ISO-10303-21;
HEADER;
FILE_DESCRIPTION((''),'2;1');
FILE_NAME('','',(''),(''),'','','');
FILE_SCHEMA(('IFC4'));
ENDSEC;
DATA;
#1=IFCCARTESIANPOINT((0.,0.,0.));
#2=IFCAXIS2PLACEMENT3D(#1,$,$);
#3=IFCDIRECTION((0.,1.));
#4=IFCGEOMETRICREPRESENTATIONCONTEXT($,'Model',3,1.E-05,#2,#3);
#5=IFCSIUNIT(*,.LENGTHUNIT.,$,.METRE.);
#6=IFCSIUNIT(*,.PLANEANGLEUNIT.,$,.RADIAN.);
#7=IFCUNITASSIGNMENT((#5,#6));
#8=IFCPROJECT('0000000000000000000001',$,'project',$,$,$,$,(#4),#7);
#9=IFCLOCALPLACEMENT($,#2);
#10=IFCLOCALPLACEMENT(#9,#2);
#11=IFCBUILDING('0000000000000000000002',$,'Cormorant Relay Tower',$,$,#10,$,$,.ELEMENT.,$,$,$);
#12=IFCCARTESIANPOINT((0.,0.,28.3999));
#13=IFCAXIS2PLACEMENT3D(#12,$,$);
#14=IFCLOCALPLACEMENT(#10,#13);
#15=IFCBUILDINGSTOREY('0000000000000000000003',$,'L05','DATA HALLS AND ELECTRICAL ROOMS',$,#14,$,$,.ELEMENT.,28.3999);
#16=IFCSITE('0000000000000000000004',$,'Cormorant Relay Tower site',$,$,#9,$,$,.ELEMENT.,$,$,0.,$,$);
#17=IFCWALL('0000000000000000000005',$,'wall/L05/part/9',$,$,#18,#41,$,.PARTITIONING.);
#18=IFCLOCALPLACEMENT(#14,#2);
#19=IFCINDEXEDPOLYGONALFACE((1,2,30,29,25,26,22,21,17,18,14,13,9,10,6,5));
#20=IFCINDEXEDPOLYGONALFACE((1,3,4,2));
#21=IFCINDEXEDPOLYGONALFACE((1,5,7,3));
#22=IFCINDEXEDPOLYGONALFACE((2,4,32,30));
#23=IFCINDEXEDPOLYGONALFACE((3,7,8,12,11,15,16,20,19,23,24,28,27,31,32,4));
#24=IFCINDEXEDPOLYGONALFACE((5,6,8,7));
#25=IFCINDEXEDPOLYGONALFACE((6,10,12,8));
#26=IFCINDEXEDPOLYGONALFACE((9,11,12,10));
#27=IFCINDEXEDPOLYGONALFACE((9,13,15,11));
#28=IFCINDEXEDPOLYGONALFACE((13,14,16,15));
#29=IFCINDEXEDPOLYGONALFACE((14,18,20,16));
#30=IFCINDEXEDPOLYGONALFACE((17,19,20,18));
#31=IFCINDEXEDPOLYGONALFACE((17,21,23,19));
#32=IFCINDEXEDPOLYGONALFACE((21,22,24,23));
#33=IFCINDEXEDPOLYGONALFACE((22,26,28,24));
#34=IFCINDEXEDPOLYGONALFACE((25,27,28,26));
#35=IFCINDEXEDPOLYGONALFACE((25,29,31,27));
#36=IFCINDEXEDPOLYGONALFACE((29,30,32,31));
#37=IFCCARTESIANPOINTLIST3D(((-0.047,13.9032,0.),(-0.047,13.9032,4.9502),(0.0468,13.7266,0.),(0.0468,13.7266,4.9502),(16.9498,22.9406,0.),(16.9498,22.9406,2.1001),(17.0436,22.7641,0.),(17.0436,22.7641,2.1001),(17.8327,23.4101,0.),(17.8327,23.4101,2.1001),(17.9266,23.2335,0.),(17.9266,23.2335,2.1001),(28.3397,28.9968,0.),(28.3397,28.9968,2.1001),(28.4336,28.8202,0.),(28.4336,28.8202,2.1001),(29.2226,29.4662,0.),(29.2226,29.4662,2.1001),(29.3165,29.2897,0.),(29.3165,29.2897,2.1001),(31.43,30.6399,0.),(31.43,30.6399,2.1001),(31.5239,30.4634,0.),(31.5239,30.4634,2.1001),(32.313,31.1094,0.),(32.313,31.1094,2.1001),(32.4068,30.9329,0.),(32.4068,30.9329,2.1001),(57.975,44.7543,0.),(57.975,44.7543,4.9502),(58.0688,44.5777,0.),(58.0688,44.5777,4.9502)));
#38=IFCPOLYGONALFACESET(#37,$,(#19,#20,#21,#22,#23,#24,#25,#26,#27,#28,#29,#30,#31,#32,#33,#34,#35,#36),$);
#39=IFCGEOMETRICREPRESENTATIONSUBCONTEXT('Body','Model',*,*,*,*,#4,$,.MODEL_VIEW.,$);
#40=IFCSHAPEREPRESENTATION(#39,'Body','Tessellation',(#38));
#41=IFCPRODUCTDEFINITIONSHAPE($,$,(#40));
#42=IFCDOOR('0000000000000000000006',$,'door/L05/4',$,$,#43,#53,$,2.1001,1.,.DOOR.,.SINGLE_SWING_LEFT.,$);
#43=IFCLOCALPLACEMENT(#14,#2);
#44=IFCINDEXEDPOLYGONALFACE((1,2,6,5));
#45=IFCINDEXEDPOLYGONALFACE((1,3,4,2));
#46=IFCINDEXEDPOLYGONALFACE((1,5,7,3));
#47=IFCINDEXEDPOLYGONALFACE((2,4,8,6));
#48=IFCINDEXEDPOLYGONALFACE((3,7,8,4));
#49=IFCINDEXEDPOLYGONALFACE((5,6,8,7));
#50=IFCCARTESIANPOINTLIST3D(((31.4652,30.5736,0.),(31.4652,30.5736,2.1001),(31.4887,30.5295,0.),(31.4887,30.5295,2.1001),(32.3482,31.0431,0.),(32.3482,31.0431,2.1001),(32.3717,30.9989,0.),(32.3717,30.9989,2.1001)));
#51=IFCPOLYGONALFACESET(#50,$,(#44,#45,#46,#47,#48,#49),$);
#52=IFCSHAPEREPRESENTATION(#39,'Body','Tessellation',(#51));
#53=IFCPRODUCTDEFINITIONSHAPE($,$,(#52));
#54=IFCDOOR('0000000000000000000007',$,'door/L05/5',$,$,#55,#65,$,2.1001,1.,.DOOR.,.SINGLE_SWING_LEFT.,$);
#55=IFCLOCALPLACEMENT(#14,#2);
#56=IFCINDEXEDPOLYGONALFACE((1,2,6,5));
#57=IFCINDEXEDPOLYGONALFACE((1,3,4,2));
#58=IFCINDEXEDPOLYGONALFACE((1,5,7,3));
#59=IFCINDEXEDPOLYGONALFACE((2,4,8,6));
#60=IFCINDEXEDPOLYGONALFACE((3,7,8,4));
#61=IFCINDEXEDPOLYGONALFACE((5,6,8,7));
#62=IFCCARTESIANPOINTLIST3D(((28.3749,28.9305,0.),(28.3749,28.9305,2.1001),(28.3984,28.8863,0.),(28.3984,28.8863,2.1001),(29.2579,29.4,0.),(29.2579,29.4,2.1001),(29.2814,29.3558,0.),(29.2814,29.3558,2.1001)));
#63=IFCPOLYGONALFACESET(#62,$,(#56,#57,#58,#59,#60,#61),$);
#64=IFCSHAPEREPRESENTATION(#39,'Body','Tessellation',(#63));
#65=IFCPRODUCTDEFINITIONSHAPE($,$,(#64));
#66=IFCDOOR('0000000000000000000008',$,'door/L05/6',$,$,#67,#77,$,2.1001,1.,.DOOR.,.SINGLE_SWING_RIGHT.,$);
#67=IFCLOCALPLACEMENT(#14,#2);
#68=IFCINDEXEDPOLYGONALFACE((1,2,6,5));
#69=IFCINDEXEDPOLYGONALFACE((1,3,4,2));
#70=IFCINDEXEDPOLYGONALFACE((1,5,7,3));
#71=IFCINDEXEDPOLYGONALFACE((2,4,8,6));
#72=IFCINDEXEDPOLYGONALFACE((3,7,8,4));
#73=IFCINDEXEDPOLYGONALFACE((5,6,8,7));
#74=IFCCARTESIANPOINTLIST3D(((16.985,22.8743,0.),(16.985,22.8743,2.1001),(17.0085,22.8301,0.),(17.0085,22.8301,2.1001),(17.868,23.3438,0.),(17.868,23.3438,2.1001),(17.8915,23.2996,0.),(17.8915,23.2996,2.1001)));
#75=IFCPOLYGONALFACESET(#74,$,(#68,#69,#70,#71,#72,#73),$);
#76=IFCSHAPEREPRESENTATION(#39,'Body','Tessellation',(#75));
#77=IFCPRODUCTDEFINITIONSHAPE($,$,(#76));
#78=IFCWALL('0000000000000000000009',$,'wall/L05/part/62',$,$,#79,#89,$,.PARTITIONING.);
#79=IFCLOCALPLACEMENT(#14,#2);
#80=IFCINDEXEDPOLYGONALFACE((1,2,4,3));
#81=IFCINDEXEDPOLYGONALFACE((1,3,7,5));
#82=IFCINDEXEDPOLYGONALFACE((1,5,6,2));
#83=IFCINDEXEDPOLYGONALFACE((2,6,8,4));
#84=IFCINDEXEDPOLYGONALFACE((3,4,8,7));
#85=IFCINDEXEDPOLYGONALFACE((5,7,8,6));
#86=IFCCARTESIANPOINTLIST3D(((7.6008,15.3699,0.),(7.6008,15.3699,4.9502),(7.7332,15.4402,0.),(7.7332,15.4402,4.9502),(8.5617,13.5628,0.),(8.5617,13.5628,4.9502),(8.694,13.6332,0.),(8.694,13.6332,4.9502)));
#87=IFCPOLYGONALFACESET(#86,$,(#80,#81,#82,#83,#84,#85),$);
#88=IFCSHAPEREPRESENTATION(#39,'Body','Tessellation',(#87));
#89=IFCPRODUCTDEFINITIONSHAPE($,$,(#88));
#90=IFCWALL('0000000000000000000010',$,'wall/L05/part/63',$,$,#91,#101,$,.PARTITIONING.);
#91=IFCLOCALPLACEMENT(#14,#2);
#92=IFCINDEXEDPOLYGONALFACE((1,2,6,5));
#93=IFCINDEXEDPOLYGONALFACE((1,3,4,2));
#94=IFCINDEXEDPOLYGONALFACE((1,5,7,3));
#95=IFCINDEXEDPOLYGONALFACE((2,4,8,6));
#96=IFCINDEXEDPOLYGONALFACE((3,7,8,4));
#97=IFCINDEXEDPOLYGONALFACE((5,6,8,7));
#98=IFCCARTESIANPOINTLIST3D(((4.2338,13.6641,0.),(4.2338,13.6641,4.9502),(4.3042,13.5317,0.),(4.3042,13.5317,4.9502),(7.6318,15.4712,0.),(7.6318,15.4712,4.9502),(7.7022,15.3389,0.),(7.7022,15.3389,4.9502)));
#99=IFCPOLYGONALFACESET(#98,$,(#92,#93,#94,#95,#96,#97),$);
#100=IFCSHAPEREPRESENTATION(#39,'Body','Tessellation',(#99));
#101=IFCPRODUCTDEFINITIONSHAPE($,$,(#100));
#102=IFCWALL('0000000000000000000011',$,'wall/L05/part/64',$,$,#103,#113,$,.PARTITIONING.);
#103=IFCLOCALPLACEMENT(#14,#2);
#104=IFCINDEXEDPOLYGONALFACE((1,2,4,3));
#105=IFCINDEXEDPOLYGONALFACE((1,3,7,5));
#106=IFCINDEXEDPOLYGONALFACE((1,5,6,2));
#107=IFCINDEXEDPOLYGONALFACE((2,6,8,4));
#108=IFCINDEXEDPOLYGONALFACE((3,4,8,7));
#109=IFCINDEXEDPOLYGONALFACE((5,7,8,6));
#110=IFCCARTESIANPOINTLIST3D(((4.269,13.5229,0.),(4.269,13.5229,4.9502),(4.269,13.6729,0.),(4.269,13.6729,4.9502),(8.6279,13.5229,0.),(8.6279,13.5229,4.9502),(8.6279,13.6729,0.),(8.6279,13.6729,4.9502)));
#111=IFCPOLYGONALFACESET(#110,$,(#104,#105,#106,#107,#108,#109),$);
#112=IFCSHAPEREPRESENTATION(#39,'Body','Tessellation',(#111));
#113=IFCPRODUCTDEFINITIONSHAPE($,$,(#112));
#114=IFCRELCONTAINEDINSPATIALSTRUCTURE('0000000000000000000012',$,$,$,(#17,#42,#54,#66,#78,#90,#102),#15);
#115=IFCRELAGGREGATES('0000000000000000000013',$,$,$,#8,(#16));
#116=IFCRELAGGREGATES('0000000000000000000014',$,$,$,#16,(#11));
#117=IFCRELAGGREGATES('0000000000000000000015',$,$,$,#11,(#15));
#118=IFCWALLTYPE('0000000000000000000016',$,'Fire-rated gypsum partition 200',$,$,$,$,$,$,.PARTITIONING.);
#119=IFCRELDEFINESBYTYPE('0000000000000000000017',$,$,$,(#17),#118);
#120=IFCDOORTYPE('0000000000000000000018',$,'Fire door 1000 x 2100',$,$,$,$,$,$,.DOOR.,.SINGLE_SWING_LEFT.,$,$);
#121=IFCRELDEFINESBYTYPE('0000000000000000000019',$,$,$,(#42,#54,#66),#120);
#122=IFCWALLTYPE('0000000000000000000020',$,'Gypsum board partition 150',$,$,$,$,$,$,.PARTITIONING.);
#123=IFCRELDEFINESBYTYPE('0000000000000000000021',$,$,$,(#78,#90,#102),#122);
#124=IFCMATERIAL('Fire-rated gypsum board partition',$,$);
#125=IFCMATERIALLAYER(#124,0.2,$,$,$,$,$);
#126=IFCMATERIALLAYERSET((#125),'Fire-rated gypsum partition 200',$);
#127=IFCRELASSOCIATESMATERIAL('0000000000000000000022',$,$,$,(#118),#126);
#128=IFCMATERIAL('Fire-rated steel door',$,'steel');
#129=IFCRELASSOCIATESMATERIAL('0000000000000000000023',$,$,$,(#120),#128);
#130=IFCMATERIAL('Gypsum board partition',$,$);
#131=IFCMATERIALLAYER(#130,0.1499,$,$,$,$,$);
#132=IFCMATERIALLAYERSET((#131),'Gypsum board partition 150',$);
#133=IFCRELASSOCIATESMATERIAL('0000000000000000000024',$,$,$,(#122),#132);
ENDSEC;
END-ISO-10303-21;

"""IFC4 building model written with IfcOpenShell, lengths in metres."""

from ifc_helpers import new_model, si_unit, direction, frame, frame_2d, origin, place, context, subcontext, project, spatial, rectangle, extrude, material, layer, layer_set, type_object, element, fill, save


model = new_model("IFC4")

# Units and contexts
model_context = context("Model", 3, precision=1e-05, world=origin(), true_north=direction((0.0, 1.0)))
body_context = subcontext(model_context, "Body", "Model", "MODEL_VIEW")
ifc_project = project(units=[si_unit("LENGTHUNIT", "METRE"), si_unit("PLANEANGLEUNIT", "RADIAN")], contexts=[model_context])

# Site, building, storey
site_placement = place(None, origin())
site = spatial("IfcSite", under=ifc_project, at=site_placement, Name="Cormorant Relay Tower site", CompositionType="ELEMENT", RefElevation=0.0)
building_placement = place(site_placement, origin())
building = spatial("IfcBuilding", under=site, at=building_placement, Name="Cormorant Relay Tower", CompositionType="ELEMENT")
storey_placement = place(building_placement, frame((0.0, 0.0, 28.3999)))
storey = spatial("IfcBuildingStorey", under=building, at=storey_placement, Name="L05", Description="DATA HALLS AND ELECTRICAL ROOMS", CompositionType="ELEMENT", Elevation=28.3999)

# Wall, openings, doors
ifc_material_1 = material(Name="Fire-rated gypsum board partition")
ifc_layer_1 = layer(ifc_material_1, 0.2)
ifc_layer_set_1 = layer_set([ifc_layer_1], Name="Fire-rated gypsum partition 200")
wall_type_1 = type_object("IfcWallType", Name="Fire-rated gypsum partition 200", PredefinedType="PARTITIONING", material=ifc_layer_set_1)
wall_1_placement = place(storey_placement, frame((0.0, 13.8149, 0.0), z_axis=(0.0, 0.0, 1.0), x_axis=(0.882946, 0.469474, 0.0)))
wall_1 = element("IfcWall", 1, at=wall_1_placement, inside=storey, type_object=wall_type_1, Name="wall/L05/part/9", PredefinedType="PARTITIONING", context=body_context, shape_type="SweptSolid", body=[
    extrude(rectangle(XDim=65.7141, YDim=0.2, at=frame_2d((32.8569, 0.0))), origin(), (0.0, 0.0, 1.0), 4.9502),
])
opening_1_placement = place(wall_1_placement, frame((35.6499, 0.0, 0.0)))
opening_1 = element("IfcOpeningElement", 2, at=opening_1_placement, cuts=wall_1, PredefinedType="OPENING", context=body_context, shape_type="SweptSolid", body=[
    extrude(rectangle(XDim=1.0, YDim=2.1001, at=frame_2d((0.5, 1.05))), frame((0.0, 0.1099, 0.0), z_axis=(0.0, -1.0, 0.0), x_axis=(1.0, 0.0, 0.0)), (0.0, 0.0, 1.0), 0.22),
])
opening_2_placement = place(wall_1_placement, frame((32.1499, 0.0, 0.0)))
opening_2 = element("IfcOpeningElement", 3, at=opening_2_placement, cuts=wall_1, PredefinedType="OPENING", context=body_context, shape_type="SweptSolid", body=[
    extrude(rectangle(XDim=1.0, YDim=2.1001, at=frame_2d((0.5, 1.05))), frame((0.0, 0.1099, 0.0), z_axis=(0.0, -1.0, 0.0), x_axis=(1.0, 0.0, 0.0)), (0.0, 0.0, 1.0), 0.22),
])
opening_3_placement = place(wall_1_placement, frame((19.25, 0.0, 0.0)))
opening_3 = element("IfcOpeningElement", 4, at=opening_3_placement, cuts=wall_1, PredefinedType="OPENING", context=body_context, shape_type="SweptSolid", body=[
    extrude(rectangle(XDim=1.0, YDim=2.1001, at=frame_2d((0.5, 1.05))), frame((0.0, 0.1099, 0.0), z_axis=(0.0, -1.0, 0.0), x_axis=(1.0, 0.0, 0.0)), (0.0, 0.0, 1.0), 0.22),
])
ifc_material_2 = material(Name="Fire-rated steel door", Category="steel")
door_type_1 = type_object("IfcDoorType", Name="Fire door 1000 x 2100", OperationType="SINGLE_SWING_LEFT", PredefinedType="DOOR", material=ifc_material_2)
door_1_placement = place(opening_1_placement, origin())
door_1 = element("IfcDoor", 5, at=door_1_placement, inside=storey, type_object=door_type_1, Name="door/L05/4", OperationType="SINGLE_SWING_LEFT", OverallHeight=2.1001, OverallWidth=1.0, PredefinedType="DOOR", context=body_context, shape_type="SweptSolid", body=[
    extrude(rectangle(XDim=1.0, YDim=2.1001, at=frame_2d((0.5, 1.05))), frame((0.0, 0.0249, 0.0), z_axis=(0.0, -1.0, 0.0), x_axis=(1.0, 0.0, 0.0)), (0.0, 0.0, 1.0), 0.05),
])
fill(opening_1, door_1)
door_2_placement = place(opening_2_placement, origin())
door_2 = element("IfcDoor", 6, at=door_2_placement, inside=storey, type_object=door_type_1, Name="door/L05/5", OperationType="SINGLE_SWING_LEFT", OverallHeight=2.1001, OverallWidth=1.0, PredefinedType="DOOR", context=body_context, shape_type="SweptSolid", body=[
    extrude(rectangle(XDim=1.0, YDim=2.1001, at=frame_2d((0.5, 1.05))), frame((0.0, 0.0249, 0.0), z_axis=(0.0, -1.0, 0.0), x_axis=(1.0, 0.0, 0.0)), (0.0, 0.0, 1.0), 0.05),
])
fill(opening_2, door_2)
door_3_placement = place(opening_3_placement, origin())
door_3 = element("IfcDoor", 7, at=door_3_placement, inside=storey, type_object=door_type_1, Name="door/L05/6", OperationType="SINGLE_SWING_RIGHT", OverallHeight=2.1001, OverallWidth=1.0, PredefinedType="DOOR", context=body_context, shape_type="SweptSolid", body=[
    extrude(rectangle(XDim=1.0, YDim=2.1001, at=frame_2d((0.5, 1.05))), frame((0.0, 0.0249, 0.0), z_axis=(0.0, -1.0, 0.0), x_axis=(1.0, 0.0, 0.0)), (0.0, 0.0, 1.0), 0.05),
])
fill(opening_3, door_3)

# Walls
ifc_material_3 = material(Name="Gypsum board partition")
ifc_layer_2 = layer(ifc_material_3, 0.1499)
ifc_layer_set_2 = layer_set([ifc_layer_2], Name="Gypsum board partition 150")
wall_type_2 = type_object("IfcWallType", Name="Gypsum board partition 150", PredefinedType="PARTITIONING", material=ifc_layer_set_2)
wall_2_placement = place(storey_placement, frame((8.6279, 13.5979, 0.0), z_axis=(0.0, 0.0, 1.0), x_axis=(-0.469498, 0.882933, 0.0)))
element("IfcWall", 8, at=wall_2_placement, inside=storey, type_object=wall_type_2, Name="wall/L05/part/62", PredefinedType="PARTITIONING", context=body_context, shape_type="SweptSolid", body=[
    extrude(rectangle(XDim=2.0466, YDim=0.1499, at=frame_2d((1.0234, 0.0))), origin(), (0.0, 0.0, 1.0), 4.9502),
])
wall_3_placement = place(storey_placement, frame((7.667, 15.405, 0.0), z_axis=(0.0, 0.0, 1.0), x_axis=(-0.882904, -0.469554, 0.0)))
element("IfcWall", 9, at=wall_3_placement, inside=storey, type_object=wall_type_2, Name="wall/L05/part/63", PredefinedType="PARTITIONING", context=body_context, shape_type="SweptSolid", body=[
    extrude(rectangle(XDim=3.8486, YDim=0.1499, at=frame_2d((1.9243, 0.0))), origin(), (0.0, 0.0, 1.0), 4.9502),
])
wall_4_placement = place(storey_placement, frame((4.269, 13.5979, 0.0), z_axis=(0.0, 0.0, 1.0), x_axis=(1.0, 0.0, 0.0)))
element("IfcWall", 10, at=wall_4_placement, inside=storey, type_object=wall_type_2, Name="wall/L05/part/64", PredefinedType="PARTITIONING", context=body_context, shape_type="SweptSolid", body=[
    extrude(rectangle(XDim=4.3589, YDim=0.1499, at=frame_2d((2.1794, 0.0))), origin(), (0.0, 0.0, 1.0), 4.9502),
])

save(model, "model.ifc")
